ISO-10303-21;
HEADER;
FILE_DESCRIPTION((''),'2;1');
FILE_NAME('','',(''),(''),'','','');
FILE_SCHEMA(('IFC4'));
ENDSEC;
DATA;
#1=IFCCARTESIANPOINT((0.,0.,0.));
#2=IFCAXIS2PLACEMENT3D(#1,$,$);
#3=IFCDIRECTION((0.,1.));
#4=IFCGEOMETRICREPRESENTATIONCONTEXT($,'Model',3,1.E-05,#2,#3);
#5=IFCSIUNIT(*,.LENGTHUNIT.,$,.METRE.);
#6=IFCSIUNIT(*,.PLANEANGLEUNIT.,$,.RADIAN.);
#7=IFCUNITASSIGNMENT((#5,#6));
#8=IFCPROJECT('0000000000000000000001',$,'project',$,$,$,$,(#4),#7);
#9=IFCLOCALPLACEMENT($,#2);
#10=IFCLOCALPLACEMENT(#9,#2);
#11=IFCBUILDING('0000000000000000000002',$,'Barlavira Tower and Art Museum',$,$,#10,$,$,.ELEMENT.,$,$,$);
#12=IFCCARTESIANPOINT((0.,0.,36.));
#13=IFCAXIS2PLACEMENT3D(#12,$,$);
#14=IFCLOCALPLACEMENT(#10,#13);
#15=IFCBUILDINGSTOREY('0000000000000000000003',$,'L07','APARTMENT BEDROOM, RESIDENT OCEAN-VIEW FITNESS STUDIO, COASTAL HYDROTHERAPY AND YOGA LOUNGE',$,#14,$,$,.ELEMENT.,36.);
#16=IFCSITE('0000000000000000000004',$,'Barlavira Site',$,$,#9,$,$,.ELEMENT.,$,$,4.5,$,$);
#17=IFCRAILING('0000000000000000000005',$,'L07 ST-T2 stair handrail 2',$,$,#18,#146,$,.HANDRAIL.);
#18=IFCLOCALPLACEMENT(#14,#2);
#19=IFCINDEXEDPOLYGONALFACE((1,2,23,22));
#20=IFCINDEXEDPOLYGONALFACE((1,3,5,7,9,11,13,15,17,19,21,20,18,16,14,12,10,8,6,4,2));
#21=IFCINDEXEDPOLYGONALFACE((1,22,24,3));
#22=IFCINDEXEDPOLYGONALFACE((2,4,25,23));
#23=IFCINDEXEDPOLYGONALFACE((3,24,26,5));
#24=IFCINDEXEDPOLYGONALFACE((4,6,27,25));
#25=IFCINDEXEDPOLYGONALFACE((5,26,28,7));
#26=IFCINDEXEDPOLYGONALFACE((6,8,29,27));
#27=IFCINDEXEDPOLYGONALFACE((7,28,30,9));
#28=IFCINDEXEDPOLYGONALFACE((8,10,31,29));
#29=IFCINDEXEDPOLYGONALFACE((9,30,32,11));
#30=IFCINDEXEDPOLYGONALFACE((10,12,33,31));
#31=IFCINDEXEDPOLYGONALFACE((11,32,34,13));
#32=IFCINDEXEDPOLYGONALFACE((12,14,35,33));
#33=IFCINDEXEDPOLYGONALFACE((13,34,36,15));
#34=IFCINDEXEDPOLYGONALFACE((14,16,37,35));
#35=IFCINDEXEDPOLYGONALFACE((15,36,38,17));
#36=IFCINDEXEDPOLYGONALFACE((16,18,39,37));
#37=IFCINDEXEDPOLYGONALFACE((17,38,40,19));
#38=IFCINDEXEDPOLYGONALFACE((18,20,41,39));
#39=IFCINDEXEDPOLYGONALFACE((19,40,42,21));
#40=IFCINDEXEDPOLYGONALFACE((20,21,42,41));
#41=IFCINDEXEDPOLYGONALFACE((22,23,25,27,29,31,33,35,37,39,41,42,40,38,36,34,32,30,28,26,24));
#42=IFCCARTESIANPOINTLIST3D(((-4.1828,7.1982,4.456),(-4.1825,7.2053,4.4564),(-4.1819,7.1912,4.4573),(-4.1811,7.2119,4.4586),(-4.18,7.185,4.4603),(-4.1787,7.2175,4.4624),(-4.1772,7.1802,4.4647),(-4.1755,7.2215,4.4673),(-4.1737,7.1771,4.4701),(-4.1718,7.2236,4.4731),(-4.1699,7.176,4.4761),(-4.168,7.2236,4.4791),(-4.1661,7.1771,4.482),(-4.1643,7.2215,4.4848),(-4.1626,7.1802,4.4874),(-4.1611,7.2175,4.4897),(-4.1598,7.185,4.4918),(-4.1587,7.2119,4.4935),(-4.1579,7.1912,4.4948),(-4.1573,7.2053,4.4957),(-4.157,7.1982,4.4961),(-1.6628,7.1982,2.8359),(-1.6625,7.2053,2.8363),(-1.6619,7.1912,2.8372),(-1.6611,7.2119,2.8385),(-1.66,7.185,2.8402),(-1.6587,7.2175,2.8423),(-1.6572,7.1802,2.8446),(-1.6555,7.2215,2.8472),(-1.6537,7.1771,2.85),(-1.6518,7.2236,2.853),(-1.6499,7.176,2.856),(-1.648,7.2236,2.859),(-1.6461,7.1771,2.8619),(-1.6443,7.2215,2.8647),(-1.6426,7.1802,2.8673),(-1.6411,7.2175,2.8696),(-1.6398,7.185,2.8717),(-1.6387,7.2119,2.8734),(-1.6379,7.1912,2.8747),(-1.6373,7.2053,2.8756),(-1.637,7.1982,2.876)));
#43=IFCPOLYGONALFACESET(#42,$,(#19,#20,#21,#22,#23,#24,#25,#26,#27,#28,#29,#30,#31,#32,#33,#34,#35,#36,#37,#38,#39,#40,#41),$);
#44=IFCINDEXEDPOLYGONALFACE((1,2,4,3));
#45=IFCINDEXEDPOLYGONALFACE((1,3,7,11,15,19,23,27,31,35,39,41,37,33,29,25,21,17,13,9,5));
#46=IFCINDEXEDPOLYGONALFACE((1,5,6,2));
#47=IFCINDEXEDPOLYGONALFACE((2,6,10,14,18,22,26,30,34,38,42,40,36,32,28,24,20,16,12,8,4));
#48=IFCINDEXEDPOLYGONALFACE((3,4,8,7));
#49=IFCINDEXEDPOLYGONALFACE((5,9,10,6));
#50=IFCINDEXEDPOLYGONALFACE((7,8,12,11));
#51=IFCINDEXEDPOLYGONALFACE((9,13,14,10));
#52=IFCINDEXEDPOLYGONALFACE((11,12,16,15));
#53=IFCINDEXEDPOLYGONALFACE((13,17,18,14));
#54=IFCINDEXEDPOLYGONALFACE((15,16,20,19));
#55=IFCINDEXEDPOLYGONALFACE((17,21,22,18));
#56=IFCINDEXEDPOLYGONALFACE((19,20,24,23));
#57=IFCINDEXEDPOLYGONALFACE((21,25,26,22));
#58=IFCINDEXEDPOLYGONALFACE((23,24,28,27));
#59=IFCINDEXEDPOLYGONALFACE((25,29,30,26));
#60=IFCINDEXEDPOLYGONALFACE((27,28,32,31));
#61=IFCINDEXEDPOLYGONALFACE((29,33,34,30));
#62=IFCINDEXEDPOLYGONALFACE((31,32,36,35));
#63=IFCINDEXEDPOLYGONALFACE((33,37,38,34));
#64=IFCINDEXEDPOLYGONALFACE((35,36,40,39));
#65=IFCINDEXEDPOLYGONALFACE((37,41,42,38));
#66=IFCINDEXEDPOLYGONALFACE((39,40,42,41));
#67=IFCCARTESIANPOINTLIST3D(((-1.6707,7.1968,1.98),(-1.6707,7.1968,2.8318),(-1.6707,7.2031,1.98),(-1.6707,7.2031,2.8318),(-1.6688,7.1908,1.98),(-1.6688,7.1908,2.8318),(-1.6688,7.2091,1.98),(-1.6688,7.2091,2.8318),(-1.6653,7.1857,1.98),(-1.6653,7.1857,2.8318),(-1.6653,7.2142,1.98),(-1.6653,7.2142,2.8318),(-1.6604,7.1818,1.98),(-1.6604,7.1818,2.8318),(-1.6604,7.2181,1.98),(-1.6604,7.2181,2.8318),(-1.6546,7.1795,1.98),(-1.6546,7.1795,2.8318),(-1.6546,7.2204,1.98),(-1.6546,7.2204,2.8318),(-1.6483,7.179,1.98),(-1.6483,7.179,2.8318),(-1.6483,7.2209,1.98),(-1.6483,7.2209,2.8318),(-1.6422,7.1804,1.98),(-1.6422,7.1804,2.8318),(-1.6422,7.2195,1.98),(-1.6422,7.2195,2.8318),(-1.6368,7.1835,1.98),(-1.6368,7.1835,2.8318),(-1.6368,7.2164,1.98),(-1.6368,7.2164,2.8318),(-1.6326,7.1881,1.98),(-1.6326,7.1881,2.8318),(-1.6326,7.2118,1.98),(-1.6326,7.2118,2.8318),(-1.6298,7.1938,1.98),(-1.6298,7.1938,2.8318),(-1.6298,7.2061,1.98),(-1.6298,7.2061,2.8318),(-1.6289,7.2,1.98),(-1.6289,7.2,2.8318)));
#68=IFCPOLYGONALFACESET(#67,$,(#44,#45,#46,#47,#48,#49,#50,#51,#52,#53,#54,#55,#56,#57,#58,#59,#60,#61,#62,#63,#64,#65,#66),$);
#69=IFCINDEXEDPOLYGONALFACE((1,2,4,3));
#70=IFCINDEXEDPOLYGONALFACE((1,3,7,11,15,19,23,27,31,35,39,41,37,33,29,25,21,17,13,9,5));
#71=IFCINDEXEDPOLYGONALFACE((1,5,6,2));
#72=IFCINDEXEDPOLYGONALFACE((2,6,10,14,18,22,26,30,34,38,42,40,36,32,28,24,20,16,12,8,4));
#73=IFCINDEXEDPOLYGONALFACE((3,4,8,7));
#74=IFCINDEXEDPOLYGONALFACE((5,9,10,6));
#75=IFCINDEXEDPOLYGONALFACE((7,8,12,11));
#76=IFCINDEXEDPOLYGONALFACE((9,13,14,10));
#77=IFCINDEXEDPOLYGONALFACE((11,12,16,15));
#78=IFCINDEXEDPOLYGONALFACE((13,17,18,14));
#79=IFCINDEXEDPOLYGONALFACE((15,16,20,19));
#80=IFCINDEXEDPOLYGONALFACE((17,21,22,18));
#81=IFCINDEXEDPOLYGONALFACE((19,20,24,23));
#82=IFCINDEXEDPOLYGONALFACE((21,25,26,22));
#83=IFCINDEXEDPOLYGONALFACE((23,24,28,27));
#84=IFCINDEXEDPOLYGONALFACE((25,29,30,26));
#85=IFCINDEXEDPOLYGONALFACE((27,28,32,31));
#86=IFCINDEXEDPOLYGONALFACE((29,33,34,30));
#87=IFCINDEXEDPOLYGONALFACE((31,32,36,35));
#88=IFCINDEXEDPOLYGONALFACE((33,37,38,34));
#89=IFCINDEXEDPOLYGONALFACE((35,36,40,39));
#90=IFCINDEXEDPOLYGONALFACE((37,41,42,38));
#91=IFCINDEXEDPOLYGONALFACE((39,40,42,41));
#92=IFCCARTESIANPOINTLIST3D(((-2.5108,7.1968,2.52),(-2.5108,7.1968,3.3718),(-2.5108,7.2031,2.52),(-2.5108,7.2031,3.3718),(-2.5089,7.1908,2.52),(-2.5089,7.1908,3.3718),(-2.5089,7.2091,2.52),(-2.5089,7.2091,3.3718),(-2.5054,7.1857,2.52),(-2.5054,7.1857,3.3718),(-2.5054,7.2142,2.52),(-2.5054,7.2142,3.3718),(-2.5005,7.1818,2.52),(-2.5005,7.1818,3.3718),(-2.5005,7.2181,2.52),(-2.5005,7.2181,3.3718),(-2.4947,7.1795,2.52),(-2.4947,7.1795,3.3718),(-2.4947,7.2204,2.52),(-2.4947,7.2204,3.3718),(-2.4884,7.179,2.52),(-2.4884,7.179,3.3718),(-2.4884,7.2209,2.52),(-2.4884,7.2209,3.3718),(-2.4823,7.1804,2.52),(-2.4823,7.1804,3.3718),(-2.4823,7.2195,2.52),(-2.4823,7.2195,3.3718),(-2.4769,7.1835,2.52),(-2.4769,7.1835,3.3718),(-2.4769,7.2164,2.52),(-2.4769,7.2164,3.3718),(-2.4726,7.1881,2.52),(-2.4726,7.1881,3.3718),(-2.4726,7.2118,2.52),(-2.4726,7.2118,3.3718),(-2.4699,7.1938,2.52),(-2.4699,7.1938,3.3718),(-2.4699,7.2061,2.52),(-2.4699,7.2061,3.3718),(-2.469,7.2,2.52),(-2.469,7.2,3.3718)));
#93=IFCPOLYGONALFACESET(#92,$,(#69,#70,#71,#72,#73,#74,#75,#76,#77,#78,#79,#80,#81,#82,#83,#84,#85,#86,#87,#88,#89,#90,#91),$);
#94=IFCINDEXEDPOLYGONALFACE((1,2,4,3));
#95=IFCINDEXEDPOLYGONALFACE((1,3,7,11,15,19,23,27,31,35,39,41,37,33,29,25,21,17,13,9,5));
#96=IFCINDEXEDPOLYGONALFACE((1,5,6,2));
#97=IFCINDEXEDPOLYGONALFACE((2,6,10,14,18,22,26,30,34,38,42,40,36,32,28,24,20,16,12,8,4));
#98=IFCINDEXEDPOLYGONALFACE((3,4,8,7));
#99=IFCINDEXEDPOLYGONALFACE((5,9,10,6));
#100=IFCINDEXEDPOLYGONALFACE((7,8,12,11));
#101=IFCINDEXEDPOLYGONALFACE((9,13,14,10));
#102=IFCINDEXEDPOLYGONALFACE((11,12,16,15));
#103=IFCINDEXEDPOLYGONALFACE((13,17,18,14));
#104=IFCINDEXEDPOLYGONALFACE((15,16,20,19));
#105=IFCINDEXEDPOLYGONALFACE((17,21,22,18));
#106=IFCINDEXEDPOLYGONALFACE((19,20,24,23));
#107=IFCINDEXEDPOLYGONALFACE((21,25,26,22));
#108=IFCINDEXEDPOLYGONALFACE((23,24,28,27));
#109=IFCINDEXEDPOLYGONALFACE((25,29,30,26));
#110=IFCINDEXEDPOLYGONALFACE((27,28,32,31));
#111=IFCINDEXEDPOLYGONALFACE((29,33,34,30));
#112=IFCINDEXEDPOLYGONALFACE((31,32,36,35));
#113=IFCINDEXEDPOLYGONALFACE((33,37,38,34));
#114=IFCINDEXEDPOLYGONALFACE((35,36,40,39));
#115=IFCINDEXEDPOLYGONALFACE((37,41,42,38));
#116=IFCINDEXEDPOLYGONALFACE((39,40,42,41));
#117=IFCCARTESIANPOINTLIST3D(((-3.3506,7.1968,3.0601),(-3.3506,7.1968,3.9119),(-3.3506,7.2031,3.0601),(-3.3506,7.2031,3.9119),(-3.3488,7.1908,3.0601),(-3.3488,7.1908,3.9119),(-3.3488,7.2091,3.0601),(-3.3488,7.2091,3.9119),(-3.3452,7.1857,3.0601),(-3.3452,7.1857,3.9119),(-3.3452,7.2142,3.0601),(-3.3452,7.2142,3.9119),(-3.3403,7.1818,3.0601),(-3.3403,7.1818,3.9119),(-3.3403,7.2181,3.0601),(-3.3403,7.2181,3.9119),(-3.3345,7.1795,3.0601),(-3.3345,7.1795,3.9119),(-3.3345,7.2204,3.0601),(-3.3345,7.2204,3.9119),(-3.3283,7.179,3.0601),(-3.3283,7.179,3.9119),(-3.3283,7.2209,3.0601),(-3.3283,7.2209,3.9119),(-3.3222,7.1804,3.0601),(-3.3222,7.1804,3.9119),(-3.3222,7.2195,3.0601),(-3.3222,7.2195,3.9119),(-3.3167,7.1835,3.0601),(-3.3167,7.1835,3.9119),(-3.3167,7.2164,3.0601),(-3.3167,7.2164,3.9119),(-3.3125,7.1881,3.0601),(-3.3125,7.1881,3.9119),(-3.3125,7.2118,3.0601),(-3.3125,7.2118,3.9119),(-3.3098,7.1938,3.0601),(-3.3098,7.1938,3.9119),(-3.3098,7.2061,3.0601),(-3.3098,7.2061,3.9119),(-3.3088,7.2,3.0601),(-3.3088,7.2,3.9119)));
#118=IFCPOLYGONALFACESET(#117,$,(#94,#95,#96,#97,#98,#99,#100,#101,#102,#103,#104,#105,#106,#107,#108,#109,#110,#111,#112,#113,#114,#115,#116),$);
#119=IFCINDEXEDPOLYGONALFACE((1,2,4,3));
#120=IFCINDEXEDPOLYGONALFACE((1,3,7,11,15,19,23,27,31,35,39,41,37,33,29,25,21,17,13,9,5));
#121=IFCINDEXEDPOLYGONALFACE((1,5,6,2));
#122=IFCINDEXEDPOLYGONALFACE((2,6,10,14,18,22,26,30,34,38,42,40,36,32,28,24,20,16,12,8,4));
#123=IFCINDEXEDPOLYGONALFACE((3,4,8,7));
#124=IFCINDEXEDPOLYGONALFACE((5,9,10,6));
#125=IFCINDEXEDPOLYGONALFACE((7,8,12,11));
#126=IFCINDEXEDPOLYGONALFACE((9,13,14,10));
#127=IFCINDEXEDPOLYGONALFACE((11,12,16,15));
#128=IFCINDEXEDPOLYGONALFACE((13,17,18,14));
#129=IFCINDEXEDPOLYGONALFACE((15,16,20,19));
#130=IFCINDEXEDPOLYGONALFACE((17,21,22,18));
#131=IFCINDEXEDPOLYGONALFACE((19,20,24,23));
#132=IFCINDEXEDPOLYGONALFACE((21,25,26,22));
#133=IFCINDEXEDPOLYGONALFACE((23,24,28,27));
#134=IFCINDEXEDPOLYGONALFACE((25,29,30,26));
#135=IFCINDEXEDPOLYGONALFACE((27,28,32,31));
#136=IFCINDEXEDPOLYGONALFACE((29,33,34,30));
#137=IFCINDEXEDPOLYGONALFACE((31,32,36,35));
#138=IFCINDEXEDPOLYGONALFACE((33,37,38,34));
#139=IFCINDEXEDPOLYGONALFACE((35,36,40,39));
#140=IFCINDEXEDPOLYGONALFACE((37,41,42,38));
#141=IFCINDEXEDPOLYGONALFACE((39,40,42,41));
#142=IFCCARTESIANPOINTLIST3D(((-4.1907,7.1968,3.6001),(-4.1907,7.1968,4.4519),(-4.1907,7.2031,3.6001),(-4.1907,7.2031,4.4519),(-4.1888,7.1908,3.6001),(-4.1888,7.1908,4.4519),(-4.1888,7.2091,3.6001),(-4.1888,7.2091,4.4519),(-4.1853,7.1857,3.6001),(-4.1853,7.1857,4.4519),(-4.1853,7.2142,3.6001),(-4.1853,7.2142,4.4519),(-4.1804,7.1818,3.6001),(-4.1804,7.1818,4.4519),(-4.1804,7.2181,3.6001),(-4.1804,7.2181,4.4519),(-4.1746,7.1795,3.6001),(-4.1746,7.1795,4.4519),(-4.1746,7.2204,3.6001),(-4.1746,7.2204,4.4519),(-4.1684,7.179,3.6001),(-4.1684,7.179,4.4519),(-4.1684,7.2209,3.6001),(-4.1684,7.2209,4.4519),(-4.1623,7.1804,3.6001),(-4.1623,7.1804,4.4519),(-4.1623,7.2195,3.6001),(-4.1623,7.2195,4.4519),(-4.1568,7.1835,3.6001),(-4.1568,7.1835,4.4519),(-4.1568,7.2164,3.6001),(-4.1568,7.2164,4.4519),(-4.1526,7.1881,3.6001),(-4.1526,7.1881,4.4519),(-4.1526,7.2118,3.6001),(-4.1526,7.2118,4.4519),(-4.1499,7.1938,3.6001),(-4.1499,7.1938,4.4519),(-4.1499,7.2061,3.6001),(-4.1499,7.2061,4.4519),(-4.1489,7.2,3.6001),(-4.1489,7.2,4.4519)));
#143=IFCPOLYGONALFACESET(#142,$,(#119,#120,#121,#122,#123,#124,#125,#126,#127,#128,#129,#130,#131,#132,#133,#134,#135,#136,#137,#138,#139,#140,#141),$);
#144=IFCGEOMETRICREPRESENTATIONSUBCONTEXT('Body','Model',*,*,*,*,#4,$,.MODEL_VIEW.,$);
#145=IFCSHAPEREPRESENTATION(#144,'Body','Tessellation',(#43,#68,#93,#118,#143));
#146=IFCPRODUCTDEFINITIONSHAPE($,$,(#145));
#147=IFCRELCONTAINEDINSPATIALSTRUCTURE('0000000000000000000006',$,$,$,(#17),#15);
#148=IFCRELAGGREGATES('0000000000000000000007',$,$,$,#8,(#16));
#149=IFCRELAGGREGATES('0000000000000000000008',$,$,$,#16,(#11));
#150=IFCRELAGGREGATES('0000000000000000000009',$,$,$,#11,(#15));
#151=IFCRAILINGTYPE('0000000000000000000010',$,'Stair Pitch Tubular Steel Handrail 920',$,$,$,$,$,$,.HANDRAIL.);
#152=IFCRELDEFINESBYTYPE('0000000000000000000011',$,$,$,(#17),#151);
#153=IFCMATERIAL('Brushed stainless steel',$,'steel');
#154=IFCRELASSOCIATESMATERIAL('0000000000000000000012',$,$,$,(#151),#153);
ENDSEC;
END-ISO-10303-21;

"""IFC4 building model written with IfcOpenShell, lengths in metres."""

from ifc_helpers import new_model, si_unit, direction, frame, origin, origin_2d, place, context, subcontext, project, spatial, circle, extrude, material, type_object, element, save


model = new_model("IFC4")

# Units and contexts
model_context = context("Model", 3, precision=1e-05, world=origin(), true_north=direction((0.0, 1.0)))
body_context = subcontext(model_context, "Body", "Model", "MODEL_VIEW")
ifc_project = project(units=[si_unit("LENGTHUNIT", "METRE"), si_unit("PLANEANGLEUNIT", "RADIAN")], contexts=[model_context])

# Site, building, storey
site_placement = place(None, origin())
site = spatial("IfcSite", under=ifc_project, at=site_placement, Name="Barlavira Site", CompositionType="ELEMENT", RefElevation=4.5)
building_placement = place(site_placement, origin())
building = spatial("IfcBuilding", under=site, at=building_placement, Name="Barlavira Tower and Art Museum", CompositionType="ELEMENT")
storey_placement = place(building_placement, frame((0.0, 0.0, 36.0)))
storey = spatial("IfcBuildingStorey", under=building, at=storey_placement, Name="L07", Description="APARTMENT BEDROOM, RESIDENT OCEAN-VIEW FITNESS STUDIO, COASTAL HYDROTHERAPY AND YOGA LOUNGE", CompositionType="ELEMENT", Elevation=36.0)

# Shared definitions
ifc_material_1 = material(Name="Brushed stainless steel", Category="steel")

# Railing
railing_type_1 = type_object("IfcRailingType", Name="Stair Pitch Tubular Steel Handrail 920", PredefinedType="HANDRAIL", material=ifc_material_1)
railing_1_placement = place(storey_placement, frame((-1.6499, 7.2, 1.98)))
element("IfcRailing", 1, at=railing_1_placement, inside=storey, type_object=railing_type_1, Name="L07 ST-T2 stair handrail 2", PredefinedType="HANDRAIL", context=body_context, shape_type="SweptSolid", body=[
    extrude(circle(Radius=0.0239, at=origin_2d()), frame((0.0, 0.0, 0.876), z_axis=(-0.841163, 0.0, 0.540782), x_axis=(0.0, -1.0, 0.0)), (0.0, 0.0, 1.0), 2.9958),
    extrude(circle(Radius=0.021, at=origin_2d()), origin(), (0.0, 0.0, 1.0), 0.8518),
    extrude(circle(Radius=0.021, at=origin_2d()), frame((-0.8401, 0.0, 0.54)), (0.0, 0.0, 1.0), 0.8518),
    extrude(circle(Radius=0.021, at=origin_2d()), frame((-1.6799, 0.0, 1.0801)), (0.0, 0.0, 1.0), 0.8518),
    extrude(circle(Radius=0.021, at=origin_2d()), frame((-2.52, 0.0, 1.6201)), (0.0, 0.0, 1.0), 0.8518),
])

save(model, "model.ifc")
